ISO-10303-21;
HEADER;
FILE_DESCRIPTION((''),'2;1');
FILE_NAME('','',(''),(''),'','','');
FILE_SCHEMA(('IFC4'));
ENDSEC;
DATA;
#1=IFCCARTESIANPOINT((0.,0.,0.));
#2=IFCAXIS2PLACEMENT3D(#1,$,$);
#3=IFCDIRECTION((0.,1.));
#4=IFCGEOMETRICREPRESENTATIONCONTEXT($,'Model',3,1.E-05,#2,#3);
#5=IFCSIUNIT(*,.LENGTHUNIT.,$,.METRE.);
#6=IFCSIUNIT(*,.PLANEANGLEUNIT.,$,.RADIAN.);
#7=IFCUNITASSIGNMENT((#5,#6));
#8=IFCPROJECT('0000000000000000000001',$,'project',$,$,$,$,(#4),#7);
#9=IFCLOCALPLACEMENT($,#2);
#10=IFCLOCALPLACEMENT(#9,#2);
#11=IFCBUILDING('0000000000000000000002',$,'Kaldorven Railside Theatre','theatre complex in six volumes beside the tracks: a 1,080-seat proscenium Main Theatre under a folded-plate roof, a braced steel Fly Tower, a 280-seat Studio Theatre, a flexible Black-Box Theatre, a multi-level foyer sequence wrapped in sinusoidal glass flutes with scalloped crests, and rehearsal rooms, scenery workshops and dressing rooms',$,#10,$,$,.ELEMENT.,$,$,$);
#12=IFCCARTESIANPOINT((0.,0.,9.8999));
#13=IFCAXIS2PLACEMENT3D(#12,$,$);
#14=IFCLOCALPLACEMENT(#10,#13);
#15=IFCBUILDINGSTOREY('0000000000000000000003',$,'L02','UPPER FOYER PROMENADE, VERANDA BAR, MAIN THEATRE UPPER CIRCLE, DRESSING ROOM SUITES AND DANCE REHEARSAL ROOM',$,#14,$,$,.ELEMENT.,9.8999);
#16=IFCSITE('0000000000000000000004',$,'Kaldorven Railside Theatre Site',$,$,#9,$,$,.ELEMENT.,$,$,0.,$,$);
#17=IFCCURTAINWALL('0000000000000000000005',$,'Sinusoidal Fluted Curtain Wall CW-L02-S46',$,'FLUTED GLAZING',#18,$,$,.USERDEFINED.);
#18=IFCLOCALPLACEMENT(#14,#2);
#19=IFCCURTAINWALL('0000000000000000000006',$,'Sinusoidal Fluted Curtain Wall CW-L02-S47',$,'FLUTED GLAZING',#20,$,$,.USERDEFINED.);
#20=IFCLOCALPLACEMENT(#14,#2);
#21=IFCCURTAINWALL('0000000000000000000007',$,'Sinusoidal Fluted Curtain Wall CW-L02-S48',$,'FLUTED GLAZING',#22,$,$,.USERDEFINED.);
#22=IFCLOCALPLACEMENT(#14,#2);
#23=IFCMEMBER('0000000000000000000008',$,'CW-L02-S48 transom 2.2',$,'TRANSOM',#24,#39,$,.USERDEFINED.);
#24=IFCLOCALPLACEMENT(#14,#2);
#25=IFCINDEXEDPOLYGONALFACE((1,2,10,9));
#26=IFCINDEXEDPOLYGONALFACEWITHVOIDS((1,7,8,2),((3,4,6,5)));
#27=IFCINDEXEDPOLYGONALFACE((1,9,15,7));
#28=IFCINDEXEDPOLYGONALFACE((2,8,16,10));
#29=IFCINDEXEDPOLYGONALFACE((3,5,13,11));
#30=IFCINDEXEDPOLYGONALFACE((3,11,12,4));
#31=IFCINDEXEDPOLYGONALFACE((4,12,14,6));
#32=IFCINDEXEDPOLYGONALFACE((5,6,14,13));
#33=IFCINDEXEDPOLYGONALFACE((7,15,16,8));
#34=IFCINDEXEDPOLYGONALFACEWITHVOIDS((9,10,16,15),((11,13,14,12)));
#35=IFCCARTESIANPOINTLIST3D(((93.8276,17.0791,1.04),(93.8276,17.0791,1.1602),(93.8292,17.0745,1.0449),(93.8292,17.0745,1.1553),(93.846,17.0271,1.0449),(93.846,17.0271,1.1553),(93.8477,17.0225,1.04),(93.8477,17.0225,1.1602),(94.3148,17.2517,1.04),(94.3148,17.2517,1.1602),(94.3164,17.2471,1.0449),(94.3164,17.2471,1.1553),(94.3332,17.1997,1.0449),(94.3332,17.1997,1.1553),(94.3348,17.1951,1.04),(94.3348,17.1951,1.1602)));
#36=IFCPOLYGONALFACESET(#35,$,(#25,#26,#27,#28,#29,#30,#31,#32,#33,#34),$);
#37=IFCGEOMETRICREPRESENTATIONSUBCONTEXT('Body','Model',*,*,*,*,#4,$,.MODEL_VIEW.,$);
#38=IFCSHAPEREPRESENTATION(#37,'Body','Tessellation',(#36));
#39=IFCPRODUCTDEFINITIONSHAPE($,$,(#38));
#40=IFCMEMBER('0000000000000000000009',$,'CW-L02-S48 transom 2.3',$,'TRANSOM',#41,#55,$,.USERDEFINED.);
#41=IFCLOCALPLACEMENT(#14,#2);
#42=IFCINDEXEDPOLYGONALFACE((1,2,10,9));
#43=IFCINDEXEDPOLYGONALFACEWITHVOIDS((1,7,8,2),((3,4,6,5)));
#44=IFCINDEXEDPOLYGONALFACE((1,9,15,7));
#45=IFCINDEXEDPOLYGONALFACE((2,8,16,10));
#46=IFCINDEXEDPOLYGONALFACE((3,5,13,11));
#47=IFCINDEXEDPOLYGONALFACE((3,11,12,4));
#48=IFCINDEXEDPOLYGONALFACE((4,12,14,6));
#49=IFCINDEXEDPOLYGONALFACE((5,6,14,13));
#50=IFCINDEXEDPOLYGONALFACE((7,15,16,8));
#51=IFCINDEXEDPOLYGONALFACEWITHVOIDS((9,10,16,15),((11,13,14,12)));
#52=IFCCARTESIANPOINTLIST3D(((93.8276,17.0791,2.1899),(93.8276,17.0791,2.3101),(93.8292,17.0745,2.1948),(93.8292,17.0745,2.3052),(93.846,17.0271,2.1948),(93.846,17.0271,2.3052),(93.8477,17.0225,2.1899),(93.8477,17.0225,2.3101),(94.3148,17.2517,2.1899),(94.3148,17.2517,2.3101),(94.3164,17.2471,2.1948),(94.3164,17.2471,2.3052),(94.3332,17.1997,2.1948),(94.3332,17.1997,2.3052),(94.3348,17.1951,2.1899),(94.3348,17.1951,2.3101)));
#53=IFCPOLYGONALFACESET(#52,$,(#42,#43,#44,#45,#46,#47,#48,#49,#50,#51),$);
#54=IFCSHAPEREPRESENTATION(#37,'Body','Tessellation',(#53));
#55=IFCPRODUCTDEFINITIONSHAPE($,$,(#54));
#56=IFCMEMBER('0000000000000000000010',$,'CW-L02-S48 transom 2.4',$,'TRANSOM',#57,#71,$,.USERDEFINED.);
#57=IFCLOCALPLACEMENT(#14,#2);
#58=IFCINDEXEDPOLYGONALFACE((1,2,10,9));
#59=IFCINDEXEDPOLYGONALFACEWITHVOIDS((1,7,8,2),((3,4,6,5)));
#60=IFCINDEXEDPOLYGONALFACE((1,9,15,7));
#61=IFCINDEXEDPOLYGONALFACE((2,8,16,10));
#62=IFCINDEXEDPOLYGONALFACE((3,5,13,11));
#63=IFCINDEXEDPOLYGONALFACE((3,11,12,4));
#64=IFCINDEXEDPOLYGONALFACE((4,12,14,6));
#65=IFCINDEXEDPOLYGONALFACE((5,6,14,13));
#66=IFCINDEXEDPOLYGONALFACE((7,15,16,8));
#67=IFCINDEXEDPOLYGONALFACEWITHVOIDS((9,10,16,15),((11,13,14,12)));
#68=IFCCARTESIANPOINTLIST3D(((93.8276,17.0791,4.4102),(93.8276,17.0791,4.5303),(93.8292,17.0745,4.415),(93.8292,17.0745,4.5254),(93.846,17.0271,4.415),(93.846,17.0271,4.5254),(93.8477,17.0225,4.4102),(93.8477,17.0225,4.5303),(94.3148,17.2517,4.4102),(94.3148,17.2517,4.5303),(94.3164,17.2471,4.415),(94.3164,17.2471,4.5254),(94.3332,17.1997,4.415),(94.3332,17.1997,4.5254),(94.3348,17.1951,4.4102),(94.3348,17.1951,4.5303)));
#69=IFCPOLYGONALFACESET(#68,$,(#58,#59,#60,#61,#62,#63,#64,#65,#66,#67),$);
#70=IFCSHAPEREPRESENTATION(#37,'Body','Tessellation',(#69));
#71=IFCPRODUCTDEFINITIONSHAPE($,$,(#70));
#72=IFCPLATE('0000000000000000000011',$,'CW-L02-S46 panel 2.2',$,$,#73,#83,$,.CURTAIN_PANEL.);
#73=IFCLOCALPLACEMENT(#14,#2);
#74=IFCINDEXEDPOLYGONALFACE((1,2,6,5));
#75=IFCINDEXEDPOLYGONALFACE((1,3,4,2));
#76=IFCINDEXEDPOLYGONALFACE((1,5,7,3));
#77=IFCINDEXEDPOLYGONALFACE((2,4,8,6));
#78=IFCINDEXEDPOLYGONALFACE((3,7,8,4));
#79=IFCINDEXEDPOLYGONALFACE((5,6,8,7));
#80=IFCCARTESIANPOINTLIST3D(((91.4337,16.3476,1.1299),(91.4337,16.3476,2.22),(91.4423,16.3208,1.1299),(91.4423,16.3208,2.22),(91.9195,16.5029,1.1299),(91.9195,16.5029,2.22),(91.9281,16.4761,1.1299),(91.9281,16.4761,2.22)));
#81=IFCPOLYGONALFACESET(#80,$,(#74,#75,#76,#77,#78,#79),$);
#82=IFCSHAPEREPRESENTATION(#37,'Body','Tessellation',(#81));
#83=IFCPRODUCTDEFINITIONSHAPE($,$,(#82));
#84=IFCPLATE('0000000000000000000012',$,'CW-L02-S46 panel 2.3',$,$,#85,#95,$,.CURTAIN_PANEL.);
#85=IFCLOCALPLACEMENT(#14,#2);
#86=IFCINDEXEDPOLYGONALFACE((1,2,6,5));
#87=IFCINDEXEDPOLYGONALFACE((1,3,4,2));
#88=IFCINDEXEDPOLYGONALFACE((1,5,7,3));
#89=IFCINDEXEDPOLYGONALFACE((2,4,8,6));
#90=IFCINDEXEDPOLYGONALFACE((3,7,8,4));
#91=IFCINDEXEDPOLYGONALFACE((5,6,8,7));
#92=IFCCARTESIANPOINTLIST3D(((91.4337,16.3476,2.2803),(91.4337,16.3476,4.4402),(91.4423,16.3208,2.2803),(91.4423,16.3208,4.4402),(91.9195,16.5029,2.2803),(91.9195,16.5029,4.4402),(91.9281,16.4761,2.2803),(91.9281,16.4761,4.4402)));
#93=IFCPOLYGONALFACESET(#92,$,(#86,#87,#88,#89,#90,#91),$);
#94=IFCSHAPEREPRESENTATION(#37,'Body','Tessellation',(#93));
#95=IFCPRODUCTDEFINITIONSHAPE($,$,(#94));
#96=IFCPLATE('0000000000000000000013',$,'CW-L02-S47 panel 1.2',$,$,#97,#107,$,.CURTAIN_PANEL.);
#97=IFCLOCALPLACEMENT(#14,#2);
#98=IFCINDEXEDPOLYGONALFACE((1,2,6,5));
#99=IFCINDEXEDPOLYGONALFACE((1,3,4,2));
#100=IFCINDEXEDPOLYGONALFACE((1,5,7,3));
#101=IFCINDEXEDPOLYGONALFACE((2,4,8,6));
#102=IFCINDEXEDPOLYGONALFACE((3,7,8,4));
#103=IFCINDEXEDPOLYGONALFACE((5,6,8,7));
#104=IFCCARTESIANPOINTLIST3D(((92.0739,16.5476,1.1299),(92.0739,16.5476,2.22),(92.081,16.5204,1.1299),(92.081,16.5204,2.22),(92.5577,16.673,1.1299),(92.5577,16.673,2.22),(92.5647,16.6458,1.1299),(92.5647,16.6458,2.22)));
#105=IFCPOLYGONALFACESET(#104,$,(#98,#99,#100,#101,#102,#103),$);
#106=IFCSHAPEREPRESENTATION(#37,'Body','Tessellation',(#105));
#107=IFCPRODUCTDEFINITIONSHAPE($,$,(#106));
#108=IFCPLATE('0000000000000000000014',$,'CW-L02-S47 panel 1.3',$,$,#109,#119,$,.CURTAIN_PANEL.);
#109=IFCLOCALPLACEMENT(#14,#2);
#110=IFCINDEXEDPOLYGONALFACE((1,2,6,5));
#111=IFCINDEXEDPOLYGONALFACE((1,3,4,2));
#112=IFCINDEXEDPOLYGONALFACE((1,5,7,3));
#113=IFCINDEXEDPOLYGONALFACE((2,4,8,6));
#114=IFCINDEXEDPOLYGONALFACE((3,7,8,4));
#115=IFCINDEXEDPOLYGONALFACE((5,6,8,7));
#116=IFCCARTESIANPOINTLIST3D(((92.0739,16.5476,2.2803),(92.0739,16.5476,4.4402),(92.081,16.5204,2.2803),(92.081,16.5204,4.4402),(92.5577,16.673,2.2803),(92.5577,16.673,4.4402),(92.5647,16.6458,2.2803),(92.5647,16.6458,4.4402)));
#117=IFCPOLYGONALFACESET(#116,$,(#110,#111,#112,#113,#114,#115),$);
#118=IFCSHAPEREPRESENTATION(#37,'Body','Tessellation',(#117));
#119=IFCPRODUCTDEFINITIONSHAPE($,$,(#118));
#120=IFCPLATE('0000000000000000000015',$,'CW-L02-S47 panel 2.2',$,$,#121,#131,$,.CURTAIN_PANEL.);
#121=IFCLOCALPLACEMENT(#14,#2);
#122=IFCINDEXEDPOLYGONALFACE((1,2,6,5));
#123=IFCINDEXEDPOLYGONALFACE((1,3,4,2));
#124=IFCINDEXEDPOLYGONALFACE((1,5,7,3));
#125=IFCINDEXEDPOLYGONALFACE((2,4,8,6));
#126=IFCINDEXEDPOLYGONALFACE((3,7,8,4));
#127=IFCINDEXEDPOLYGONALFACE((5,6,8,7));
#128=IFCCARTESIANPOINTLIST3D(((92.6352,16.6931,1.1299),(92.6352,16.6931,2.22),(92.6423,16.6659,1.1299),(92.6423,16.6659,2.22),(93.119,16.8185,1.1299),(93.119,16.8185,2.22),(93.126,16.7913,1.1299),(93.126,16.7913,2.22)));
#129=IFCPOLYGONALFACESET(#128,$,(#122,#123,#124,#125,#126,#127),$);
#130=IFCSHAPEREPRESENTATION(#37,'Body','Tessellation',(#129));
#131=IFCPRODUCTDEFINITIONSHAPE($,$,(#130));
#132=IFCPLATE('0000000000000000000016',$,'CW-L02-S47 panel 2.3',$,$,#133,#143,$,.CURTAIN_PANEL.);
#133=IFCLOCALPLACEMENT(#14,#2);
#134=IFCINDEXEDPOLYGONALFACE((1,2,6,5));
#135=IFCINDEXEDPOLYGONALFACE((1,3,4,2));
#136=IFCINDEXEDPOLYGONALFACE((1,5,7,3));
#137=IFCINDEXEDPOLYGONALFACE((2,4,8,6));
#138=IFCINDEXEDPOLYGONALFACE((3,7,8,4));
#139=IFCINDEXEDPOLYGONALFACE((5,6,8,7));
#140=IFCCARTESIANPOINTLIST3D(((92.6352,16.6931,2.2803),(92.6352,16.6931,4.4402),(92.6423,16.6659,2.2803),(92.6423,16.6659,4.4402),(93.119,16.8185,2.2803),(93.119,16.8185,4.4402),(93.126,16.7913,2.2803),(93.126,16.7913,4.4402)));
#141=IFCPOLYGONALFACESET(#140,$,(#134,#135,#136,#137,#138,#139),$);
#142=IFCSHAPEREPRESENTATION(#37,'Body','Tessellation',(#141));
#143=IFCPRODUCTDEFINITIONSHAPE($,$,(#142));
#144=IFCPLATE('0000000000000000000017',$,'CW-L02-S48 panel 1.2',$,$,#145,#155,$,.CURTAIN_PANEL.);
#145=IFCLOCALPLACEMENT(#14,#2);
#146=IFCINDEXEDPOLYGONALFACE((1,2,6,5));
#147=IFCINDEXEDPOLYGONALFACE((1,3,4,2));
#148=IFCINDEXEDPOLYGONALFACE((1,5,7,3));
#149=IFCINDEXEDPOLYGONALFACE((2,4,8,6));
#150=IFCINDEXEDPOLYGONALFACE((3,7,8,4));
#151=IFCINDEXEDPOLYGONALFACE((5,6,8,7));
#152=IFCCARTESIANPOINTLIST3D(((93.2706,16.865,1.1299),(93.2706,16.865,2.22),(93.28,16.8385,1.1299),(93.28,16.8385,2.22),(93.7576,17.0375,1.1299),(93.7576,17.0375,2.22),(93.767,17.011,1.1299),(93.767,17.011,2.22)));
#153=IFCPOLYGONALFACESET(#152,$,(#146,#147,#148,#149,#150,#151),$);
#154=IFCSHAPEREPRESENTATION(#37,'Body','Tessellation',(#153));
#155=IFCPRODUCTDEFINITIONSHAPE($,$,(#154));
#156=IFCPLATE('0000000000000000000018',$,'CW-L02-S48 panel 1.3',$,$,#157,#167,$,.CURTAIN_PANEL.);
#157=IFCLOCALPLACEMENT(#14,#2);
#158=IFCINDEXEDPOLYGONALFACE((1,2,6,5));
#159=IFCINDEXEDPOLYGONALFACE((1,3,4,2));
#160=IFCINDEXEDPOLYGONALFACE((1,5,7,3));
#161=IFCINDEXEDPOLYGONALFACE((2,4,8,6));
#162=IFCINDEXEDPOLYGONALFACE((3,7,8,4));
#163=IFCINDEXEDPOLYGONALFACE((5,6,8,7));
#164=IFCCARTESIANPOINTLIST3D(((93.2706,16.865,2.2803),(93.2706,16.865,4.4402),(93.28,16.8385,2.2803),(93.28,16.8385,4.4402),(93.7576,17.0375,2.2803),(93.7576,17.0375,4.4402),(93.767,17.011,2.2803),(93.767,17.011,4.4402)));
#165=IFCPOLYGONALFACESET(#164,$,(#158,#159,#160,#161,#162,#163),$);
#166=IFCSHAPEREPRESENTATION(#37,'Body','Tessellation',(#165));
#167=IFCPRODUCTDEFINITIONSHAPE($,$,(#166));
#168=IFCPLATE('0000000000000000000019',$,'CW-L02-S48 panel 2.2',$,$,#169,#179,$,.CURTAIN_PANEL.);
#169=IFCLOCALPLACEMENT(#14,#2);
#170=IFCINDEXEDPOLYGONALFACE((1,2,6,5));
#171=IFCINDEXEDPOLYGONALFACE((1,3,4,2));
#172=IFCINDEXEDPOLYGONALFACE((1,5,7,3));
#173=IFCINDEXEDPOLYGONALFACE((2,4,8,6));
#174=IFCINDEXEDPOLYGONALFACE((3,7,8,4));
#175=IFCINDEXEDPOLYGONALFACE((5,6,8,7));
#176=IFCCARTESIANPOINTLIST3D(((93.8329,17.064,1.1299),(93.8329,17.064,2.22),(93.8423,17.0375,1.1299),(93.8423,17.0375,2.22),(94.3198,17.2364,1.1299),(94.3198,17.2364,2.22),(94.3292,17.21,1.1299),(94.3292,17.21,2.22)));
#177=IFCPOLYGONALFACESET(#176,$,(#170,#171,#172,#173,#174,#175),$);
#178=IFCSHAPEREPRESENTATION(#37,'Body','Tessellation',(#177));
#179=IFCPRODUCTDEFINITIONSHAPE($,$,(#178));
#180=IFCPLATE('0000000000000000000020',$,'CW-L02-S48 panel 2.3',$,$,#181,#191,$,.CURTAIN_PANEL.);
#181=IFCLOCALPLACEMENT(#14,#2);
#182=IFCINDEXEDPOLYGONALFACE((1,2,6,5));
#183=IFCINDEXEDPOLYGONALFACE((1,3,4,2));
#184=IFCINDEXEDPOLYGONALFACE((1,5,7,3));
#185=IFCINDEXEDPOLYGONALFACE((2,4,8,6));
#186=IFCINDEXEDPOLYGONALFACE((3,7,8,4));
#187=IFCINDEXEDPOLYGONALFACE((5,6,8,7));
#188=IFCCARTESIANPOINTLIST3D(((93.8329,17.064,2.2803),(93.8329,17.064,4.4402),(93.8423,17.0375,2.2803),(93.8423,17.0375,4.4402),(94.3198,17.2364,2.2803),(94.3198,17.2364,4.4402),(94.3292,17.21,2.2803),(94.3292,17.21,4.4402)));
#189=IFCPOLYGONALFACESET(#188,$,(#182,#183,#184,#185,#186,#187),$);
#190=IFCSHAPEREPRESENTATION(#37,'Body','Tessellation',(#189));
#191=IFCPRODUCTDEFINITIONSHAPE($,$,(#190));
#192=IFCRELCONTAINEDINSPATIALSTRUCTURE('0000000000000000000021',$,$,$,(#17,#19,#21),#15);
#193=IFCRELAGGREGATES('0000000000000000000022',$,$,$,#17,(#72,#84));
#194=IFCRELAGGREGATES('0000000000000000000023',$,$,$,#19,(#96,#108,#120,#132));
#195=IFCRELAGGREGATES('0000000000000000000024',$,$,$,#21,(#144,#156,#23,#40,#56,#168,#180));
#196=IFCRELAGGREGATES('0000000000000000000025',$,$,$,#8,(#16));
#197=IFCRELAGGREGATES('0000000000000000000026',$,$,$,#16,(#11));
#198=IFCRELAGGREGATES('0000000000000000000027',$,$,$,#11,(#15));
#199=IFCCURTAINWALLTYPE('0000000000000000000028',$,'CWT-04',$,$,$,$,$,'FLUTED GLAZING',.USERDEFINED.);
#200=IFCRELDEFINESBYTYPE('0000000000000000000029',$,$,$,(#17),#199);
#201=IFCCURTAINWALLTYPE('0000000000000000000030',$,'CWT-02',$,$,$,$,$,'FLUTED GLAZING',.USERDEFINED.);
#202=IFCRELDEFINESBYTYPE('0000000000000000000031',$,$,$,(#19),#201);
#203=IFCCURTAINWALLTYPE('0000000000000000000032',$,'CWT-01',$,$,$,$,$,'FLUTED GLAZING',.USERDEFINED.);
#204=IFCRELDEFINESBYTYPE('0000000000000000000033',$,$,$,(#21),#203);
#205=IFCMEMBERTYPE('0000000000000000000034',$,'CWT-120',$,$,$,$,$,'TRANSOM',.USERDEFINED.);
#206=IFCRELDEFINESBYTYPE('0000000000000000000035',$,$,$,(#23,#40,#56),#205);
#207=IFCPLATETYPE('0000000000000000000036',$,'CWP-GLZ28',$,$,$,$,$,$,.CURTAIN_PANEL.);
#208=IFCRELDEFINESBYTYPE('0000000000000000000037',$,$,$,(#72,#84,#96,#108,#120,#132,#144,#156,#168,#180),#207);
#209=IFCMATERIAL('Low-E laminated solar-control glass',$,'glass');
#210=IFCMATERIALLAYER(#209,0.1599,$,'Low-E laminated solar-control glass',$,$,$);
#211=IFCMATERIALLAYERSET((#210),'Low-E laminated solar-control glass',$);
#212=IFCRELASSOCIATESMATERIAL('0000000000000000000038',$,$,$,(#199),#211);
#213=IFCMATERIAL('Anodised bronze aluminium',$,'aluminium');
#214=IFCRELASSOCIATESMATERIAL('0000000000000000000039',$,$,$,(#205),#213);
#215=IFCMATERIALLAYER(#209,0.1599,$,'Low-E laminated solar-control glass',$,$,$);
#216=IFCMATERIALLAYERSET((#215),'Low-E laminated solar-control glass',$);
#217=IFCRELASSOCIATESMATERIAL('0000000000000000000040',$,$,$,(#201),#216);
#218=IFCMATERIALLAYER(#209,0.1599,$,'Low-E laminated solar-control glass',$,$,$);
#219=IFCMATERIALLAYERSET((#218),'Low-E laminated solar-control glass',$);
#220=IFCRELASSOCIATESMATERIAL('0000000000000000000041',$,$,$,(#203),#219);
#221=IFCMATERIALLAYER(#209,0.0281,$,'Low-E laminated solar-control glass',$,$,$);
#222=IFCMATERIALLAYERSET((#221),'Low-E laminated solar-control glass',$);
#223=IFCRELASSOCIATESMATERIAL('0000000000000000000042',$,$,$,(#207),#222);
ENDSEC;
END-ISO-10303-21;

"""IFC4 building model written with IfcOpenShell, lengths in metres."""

from ifc_helpers import new_model, si_unit, direction, frame, origin, origin_2d, place, context, subcontext, project, spatial, rectangle, hollow_rectangle, extrude, material, layer, layer_set, material_profile, profile_set, type_object, element, aggregate, save


model = new_model("IFC4")

# Units and contexts
model_context = context("Model", 3, precision=1e-05, world=origin(), true_north=direction((0.0, 1.0)))
body_context = subcontext(model_context, "Body", "Model", "MODEL_VIEW")
ifc_project = project(units=[si_unit("LENGTHUNIT", "METRE"), si_unit("PLANEANGLEUNIT", "RADIAN")], contexts=[model_context])

# Site, building, storey
site_placement = place(None, origin())
site = spatial("IfcSite", under=ifc_project, at=site_placement, Name="Kaldorven Railside Theatre Site", CompositionType="ELEMENT", RefElevation=0.0)
building_placement = place(site_placement, origin())
building = spatial("IfcBuilding", under=site, at=building_placement, Name="Kaldorven Railside Theatre", Description="theatre complex in six volumes beside the tracks: a 1,080-seat proscenium Main Theatre under a folded-plate roof, a braced steel Fly Tower, a 280-seat Studio Theatre, a flexible Black-Box Theatre, a multi-level foyer sequence wrapped in sinusoidal glass flutes with scalloped crests, and rehearsal rooms, scenery workshops and dressing rooms", CompositionType="ELEMENT")
storey_placement = place(building_placement, frame((0.0, 0.0, 9.8999)))
storey = spatial("IfcBuildingStorey", under=building, at=storey_placement, Name="L02", Description="UPPER FOYER PROMENADE, VERANDA BAR, MAIN THEATRE UPPER CIRCLE, DRESSING ROOM SUITES AND DANCE REHEARSAL ROOM", CompositionType="ELEMENT", Elevation=9.8999)

# Curtain walls, members
ifc_material_1 = material(Name="Low-E laminated solar-control glass", Category="glass")
ifc_layer_1 = layer(ifc_material_1, 0.1599, Name="Low-E laminated solar-control glass")
ifc_layer_set_1 = layer_set([ifc_layer_1], Name="Low-E laminated solar-control glass")
curtain_wall_type_1 = type_object("IfcCurtainWallType", Name="CWT-04", ElementType="FLUTED GLAZING", PredefinedType="USERDEFINED", material=ifc_layer_set_1)
curtain_wall_1_placement = place(storey_placement, origin())
curtain_wall_1 = element("IfcCurtainWall", 1, at=curtain_wall_1_placement, inside=storey, type_object=curtain_wall_type_1, Name="Sinusoidal Fluted Curtain Wall CW-L02-S46", ObjectType="FLUTED GLAZING", PredefinedType="USERDEFINED")
ifc_material_2 = material(Name="Anodised bronze aluminium", Category="aluminium")
ifc_material_profile = material_profile(ifc_material_2, hollow_rectangle(XDim=0.0601, YDim=0.1201, WallThickness=0.0049, at=origin_2d()), Name="RHS 120x60x5")
ifc_profile_set = profile_set([ifc_material_profile], Name="Anodised bronze aluminium")
member_type = type_object("IfcMemberType", Name="CWT-120", ElementType="TRANSOM", PredefinedType="USERDEFINED", material=ifc_profile_set)
ifc_layer_2 = layer(ifc_material_1, 0.1599, Name="Low-E laminated solar-control glass")
ifc_layer_set_2 = layer_set([ifc_layer_2], Name="Low-E laminated solar-control glass")
curtain_wall_type_2 = type_object("IfcCurtainWallType", Name="CWT-02", ElementType="FLUTED GLAZING", PredefinedType="USERDEFINED", material=ifc_layer_set_2)
curtain_wall_2_placement = place(storey_placement, origin())
curtain_wall_2 = element("IfcCurtainWall", 2, at=curtain_wall_2_placement, inside=storey, type_object=curtain_wall_type_2, Name="Sinusoidal Fluted Curtain Wall CW-L02-S47", ObjectType="FLUTED GLAZING", PredefinedType="USERDEFINED")
ifc_layer_3 = layer(ifc_material_1, 0.1599, Name="Low-E laminated solar-control glass")
ifc_layer_set_3 = layer_set([ifc_layer_3], Name="Low-E laminated solar-control glass")
curtain_wall_type_3 = type_object("IfcCurtainWallType", Name="CWT-01", ElementType="FLUTED GLAZING", PredefinedType="USERDEFINED", material=ifc_layer_set_3)
curtain_wall_3_placement = place(storey_placement, origin())
curtain_wall_3 = element("IfcCurtainWall", 3, at=curtain_wall_3_placement, inside=storey, type_object=curtain_wall_type_3, Name="Sinusoidal Fluted Curtain Wall CW-L02-S48", ObjectType="FLUTED GLAZING", PredefinedType="USERDEFINED")
member_1_placement = place(storey_placement, frame((93.8376, 17.0508, 1.1001), z_axis=(0.942562, 0.334031, 0.0), x_axis=(-0.334031, 0.942562, 0.0)))
member_1 = element("IfcMember", 4, at=member_1_placement, type_object=member_type, Name="CW-L02-S48 transom 2.2", ObjectType="TRANSOM", PredefinedType="USERDEFINED", context=body_context, shape_type="SweptSolid", body=[
    extrude(hollow_rectangle(XDim=0.0601, YDim=0.1201, WallThickness=0.0049, at=origin_2d()), origin(), (0.0, 0.0, 1.0), 0.5168),
])
member_2_placement = place(storey_placement, frame((93.8376, 17.0508, 2.25), z_axis=(0.942562, 0.334031, 0.0), x_axis=(-0.334031, 0.942562, 0.0)))
member_2 = element("IfcMember", 5, at=member_2_placement, type_object=member_type, Name="CW-L02-S48 transom 2.3", ObjectType="TRANSOM", PredefinedType="USERDEFINED", context=body_context, shape_type="SweptSolid", body=[
    extrude(hollow_rectangle(XDim=0.0601, YDim=0.1201, WallThickness=0.0049, at=origin_2d()), origin(), (0.0, 0.0, 1.0), 0.5168),
])
member_3_placement = place(storey_placement, frame((93.8376, 17.0508, 4.4702), z_axis=(0.942562, 0.334031, 0.0), x_axis=(-0.334031, 0.942562, 0.0)))
member_3 = element("IfcMember", 6, at=member_3_placement, type_object=member_type, Name="CW-L02-S48 transom 2.4", ObjectType="TRANSOM", PredefinedType="USERDEFINED", context=body_context, shape_type="SweptSolid", body=[
    extrude(hollow_rectangle(XDim=0.0601, YDim=0.1201, WallThickness=0.0049, at=origin_2d()), origin(), (0.0, 0.0, 1.0), 0.5168),
])

# Plates
ifc_layer_4 = layer(ifc_material_1, 0.0281, Name="Low-E laminated solar-control glass")
ifc_layer_set_4 = layer_set([ifc_layer_4], Name="Low-E laminated solar-control glass")
plate_type = type_object("IfcPlateType", Name="CWP-GLZ28", PredefinedType="CURTAIN_PANEL", material=ifc_layer_set_4)
plate_1_placement = place(storey_placement, frame((91.6809, 16.4119, 1.1299), z_axis=(0.0, 0.0, 1.0), x_axis=(0.952516, 0.304488, 0.0)))
plate_1 = element("IfcPlate", 7, at=plate_1_placement, type_object=plate_type, Name="CW-L02-S46 panel 2.2", PredefinedType="CURTAIN_PANEL", context=body_context, shape_type="SweptSolid", body=[
    extrude(rectangle(XDim=0.51, YDim=0.0281, at=origin_2d()), origin(), (0.0, 0.0, 1.0), 1.0901),
])
plate_2_placement = place(storey_placement, frame((91.6809, 16.4119, 2.2803), z_axis=(0.0, 0.0, 1.0), x_axis=(0.952516, 0.304488, 0.0)))
plate_2 = element("IfcPlate", 8, at=plate_2_placement, type_object=plate_type, Name="CW-L02-S46 panel 2.3", PredefinedType="CURTAIN_PANEL", context=body_context, shape_type="SweptSolid", body=[
    extrude(rectangle(XDim=0.51, YDim=0.0281, at=origin_2d()), origin(), (0.0, 0.0, 1.0), 2.1599),
])
aggregate(curtain_wall_1, [plate_1, plate_2])
plate_3_placement = place(storey_placement, frame((92.3193, 16.5967, 1.1299), z_axis=(0.0, 0.0, 1.0), x_axis=(0.967999, 0.250954, 0.0)))
plate_3 = element("IfcPlate", 9, at=plate_3_placement, type_object=plate_type, Name="CW-L02-S47 panel 1.2", PredefinedType="CURTAIN_PANEL", context=body_context, shape_type="SweptSolid", body=[
    extrude(rectangle(XDim=0.4998, YDim=0.0281, at=origin_2d()), origin(), (0.0, 0.0, 1.0), 1.0901),
])
plate_4_placement = place(storey_placement, frame((92.3193, 16.5967, 2.2803), z_axis=(0.0, 0.0, 1.0), x_axis=(0.967999, 0.250954, 0.0)))
plate_4 = element("IfcPlate", 10, at=plate_4_placement, type_object=plate_type, Name="CW-L02-S47 panel 1.3", PredefinedType="CURTAIN_PANEL", context=body_context, shape_type="SweptSolid", body=[
    extrude(rectangle(XDim=0.4998, YDim=0.0281, at=origin_2d()), origin(), (0.0, 0.0, 1.0), 2.1599),
])
plate_5_placement = place(storey_placement, frame((92.8806, 16.7422, 1.1299), z_axis=(0.0, 0.0, 1.0), x_axis=(0.967999, 0.250954, 0.0)))
plate_5 = element("IfcPlate", 11, at=plate_5_placement, type_object=plate_type, Name="CW-L02-S47 panel 2.2", PredefinedType="CURTAIN_PANEL", context=body_context, shape_type="SweptSolid", body=[
    extrude(rectangle(XDim=0.4998, YDim=0.0281, at=origin_2d()), origin(), (0.0, 0.0, 1.0), 1.0901),
])
plate_6_placement = place(storey_placement, frame((92.8806, 16.7422, 2.2803), z_axis=(0.0, 0.0, 1.0), x_axis=(0.967999, 0.250954, 0.0)))
plate_6 = element("IfcPlate", 12, at=plate_6_placement, type_object=plate_type, Name="CW-L02-S47 panel 2.3", PredefinedType="CURTAIN_PANEL", context=body_context, shape_type="SweptSolid", body=[
    extrude(rectangle(XDim=0.4998, YDim=0.0281, at=origin_2d()), origin(), (0.0, 0.0, 1.0), 2.1599),
])
aggregate(curtain_wall_2, [plate_3, plate_4, plate_5, plate_6])
plate_7_placement = place(storey_placement, frame((93.5188, 16.938, 1.1299), z_axis=(0.0, 0.0, 1.0), x_axis=(0.942627, 0.333847, 0.0)))
plate_7 = element("IfcPlate", 13, at=plate_7_placement, type_object=plate_type, Name="CW-L02-S48 panel 1.2", PredefinedType="CURTAIN_PANEL", context=body_context, shape_type="SweptSolid", body=[
    extrude(rectangle(XDim=0.5166, YDim=0.0281, at=origin_2d()), origin(), (0.0, 0.0, 1.0), 1.0901),
])
plate_8_placement = place(storey_placement, frame((93.5188, 16.938, 2.2803), z_axis=(0.0, 0.0, 1.0), x_axis=(0.942627, 0.333847, 0.0)))
plate_8 = element("IfcPlate", 14, at=plate_8_placement, type_object=plate_type, Name="CW-L02-S48 panel 1.3", PredefinedType="CURTAIN_PANEL", context=body_context, shape_type="SweptSolid", body=[
    extrude(rectangle(XDim=0.5166, YDim=0.0281, at=origin_2d()), origin(), (0.0, 0.0, 1.0), 2.1599),
])
plate_9_placement = place(storey_placement, frame((94.0811, 17.137, 1.1299), z_axis=(0.0, 0.0, 1.0), x_axis=(0.942627, 0.333847, 0.0)))
plate_9 = element("IfcPlate", 15, at=plate_9_placement, type_object=plate_type, Name="CW-L02-S48 panel 2.2", PredefinedType="CURTAIN_PANEL", context=body_context, shape_type="SweptSolid", body=[
    extrude(rectangle(XDim=0.5166, YDim=0.0281, at=origin_2d()), origin(), (0.0, 0.0, 1.0), 1.0901),
])
plate_10_placement = place(storey_placement, frame((94.0811, 17.137, 2.2803), z_axis=(0.0, 0.0, 1.0), x_axis=(0.942627, 0.333847, 0.0)))
plate_10 = element("IfcPlate", 16, at=plate_10_placement, type_object=plate_type, Name="CW-L02-S48 panel 2.3", PredefinedType="CURTAIN_PANEL", context=body_context, shape_type="SweptSolid", body=[
    extrude(rectangle(XDim=0.5166, YDim=0.0281, at=origin_2d()), origin(), (0.0, 0.0, 1.0), 2.1599),
])
aggregate(curtain_wall_3, [plate_7, plate_8, member_1, member_2, member_3, plate_9, plate_10])

save(model, "model.ifc")
